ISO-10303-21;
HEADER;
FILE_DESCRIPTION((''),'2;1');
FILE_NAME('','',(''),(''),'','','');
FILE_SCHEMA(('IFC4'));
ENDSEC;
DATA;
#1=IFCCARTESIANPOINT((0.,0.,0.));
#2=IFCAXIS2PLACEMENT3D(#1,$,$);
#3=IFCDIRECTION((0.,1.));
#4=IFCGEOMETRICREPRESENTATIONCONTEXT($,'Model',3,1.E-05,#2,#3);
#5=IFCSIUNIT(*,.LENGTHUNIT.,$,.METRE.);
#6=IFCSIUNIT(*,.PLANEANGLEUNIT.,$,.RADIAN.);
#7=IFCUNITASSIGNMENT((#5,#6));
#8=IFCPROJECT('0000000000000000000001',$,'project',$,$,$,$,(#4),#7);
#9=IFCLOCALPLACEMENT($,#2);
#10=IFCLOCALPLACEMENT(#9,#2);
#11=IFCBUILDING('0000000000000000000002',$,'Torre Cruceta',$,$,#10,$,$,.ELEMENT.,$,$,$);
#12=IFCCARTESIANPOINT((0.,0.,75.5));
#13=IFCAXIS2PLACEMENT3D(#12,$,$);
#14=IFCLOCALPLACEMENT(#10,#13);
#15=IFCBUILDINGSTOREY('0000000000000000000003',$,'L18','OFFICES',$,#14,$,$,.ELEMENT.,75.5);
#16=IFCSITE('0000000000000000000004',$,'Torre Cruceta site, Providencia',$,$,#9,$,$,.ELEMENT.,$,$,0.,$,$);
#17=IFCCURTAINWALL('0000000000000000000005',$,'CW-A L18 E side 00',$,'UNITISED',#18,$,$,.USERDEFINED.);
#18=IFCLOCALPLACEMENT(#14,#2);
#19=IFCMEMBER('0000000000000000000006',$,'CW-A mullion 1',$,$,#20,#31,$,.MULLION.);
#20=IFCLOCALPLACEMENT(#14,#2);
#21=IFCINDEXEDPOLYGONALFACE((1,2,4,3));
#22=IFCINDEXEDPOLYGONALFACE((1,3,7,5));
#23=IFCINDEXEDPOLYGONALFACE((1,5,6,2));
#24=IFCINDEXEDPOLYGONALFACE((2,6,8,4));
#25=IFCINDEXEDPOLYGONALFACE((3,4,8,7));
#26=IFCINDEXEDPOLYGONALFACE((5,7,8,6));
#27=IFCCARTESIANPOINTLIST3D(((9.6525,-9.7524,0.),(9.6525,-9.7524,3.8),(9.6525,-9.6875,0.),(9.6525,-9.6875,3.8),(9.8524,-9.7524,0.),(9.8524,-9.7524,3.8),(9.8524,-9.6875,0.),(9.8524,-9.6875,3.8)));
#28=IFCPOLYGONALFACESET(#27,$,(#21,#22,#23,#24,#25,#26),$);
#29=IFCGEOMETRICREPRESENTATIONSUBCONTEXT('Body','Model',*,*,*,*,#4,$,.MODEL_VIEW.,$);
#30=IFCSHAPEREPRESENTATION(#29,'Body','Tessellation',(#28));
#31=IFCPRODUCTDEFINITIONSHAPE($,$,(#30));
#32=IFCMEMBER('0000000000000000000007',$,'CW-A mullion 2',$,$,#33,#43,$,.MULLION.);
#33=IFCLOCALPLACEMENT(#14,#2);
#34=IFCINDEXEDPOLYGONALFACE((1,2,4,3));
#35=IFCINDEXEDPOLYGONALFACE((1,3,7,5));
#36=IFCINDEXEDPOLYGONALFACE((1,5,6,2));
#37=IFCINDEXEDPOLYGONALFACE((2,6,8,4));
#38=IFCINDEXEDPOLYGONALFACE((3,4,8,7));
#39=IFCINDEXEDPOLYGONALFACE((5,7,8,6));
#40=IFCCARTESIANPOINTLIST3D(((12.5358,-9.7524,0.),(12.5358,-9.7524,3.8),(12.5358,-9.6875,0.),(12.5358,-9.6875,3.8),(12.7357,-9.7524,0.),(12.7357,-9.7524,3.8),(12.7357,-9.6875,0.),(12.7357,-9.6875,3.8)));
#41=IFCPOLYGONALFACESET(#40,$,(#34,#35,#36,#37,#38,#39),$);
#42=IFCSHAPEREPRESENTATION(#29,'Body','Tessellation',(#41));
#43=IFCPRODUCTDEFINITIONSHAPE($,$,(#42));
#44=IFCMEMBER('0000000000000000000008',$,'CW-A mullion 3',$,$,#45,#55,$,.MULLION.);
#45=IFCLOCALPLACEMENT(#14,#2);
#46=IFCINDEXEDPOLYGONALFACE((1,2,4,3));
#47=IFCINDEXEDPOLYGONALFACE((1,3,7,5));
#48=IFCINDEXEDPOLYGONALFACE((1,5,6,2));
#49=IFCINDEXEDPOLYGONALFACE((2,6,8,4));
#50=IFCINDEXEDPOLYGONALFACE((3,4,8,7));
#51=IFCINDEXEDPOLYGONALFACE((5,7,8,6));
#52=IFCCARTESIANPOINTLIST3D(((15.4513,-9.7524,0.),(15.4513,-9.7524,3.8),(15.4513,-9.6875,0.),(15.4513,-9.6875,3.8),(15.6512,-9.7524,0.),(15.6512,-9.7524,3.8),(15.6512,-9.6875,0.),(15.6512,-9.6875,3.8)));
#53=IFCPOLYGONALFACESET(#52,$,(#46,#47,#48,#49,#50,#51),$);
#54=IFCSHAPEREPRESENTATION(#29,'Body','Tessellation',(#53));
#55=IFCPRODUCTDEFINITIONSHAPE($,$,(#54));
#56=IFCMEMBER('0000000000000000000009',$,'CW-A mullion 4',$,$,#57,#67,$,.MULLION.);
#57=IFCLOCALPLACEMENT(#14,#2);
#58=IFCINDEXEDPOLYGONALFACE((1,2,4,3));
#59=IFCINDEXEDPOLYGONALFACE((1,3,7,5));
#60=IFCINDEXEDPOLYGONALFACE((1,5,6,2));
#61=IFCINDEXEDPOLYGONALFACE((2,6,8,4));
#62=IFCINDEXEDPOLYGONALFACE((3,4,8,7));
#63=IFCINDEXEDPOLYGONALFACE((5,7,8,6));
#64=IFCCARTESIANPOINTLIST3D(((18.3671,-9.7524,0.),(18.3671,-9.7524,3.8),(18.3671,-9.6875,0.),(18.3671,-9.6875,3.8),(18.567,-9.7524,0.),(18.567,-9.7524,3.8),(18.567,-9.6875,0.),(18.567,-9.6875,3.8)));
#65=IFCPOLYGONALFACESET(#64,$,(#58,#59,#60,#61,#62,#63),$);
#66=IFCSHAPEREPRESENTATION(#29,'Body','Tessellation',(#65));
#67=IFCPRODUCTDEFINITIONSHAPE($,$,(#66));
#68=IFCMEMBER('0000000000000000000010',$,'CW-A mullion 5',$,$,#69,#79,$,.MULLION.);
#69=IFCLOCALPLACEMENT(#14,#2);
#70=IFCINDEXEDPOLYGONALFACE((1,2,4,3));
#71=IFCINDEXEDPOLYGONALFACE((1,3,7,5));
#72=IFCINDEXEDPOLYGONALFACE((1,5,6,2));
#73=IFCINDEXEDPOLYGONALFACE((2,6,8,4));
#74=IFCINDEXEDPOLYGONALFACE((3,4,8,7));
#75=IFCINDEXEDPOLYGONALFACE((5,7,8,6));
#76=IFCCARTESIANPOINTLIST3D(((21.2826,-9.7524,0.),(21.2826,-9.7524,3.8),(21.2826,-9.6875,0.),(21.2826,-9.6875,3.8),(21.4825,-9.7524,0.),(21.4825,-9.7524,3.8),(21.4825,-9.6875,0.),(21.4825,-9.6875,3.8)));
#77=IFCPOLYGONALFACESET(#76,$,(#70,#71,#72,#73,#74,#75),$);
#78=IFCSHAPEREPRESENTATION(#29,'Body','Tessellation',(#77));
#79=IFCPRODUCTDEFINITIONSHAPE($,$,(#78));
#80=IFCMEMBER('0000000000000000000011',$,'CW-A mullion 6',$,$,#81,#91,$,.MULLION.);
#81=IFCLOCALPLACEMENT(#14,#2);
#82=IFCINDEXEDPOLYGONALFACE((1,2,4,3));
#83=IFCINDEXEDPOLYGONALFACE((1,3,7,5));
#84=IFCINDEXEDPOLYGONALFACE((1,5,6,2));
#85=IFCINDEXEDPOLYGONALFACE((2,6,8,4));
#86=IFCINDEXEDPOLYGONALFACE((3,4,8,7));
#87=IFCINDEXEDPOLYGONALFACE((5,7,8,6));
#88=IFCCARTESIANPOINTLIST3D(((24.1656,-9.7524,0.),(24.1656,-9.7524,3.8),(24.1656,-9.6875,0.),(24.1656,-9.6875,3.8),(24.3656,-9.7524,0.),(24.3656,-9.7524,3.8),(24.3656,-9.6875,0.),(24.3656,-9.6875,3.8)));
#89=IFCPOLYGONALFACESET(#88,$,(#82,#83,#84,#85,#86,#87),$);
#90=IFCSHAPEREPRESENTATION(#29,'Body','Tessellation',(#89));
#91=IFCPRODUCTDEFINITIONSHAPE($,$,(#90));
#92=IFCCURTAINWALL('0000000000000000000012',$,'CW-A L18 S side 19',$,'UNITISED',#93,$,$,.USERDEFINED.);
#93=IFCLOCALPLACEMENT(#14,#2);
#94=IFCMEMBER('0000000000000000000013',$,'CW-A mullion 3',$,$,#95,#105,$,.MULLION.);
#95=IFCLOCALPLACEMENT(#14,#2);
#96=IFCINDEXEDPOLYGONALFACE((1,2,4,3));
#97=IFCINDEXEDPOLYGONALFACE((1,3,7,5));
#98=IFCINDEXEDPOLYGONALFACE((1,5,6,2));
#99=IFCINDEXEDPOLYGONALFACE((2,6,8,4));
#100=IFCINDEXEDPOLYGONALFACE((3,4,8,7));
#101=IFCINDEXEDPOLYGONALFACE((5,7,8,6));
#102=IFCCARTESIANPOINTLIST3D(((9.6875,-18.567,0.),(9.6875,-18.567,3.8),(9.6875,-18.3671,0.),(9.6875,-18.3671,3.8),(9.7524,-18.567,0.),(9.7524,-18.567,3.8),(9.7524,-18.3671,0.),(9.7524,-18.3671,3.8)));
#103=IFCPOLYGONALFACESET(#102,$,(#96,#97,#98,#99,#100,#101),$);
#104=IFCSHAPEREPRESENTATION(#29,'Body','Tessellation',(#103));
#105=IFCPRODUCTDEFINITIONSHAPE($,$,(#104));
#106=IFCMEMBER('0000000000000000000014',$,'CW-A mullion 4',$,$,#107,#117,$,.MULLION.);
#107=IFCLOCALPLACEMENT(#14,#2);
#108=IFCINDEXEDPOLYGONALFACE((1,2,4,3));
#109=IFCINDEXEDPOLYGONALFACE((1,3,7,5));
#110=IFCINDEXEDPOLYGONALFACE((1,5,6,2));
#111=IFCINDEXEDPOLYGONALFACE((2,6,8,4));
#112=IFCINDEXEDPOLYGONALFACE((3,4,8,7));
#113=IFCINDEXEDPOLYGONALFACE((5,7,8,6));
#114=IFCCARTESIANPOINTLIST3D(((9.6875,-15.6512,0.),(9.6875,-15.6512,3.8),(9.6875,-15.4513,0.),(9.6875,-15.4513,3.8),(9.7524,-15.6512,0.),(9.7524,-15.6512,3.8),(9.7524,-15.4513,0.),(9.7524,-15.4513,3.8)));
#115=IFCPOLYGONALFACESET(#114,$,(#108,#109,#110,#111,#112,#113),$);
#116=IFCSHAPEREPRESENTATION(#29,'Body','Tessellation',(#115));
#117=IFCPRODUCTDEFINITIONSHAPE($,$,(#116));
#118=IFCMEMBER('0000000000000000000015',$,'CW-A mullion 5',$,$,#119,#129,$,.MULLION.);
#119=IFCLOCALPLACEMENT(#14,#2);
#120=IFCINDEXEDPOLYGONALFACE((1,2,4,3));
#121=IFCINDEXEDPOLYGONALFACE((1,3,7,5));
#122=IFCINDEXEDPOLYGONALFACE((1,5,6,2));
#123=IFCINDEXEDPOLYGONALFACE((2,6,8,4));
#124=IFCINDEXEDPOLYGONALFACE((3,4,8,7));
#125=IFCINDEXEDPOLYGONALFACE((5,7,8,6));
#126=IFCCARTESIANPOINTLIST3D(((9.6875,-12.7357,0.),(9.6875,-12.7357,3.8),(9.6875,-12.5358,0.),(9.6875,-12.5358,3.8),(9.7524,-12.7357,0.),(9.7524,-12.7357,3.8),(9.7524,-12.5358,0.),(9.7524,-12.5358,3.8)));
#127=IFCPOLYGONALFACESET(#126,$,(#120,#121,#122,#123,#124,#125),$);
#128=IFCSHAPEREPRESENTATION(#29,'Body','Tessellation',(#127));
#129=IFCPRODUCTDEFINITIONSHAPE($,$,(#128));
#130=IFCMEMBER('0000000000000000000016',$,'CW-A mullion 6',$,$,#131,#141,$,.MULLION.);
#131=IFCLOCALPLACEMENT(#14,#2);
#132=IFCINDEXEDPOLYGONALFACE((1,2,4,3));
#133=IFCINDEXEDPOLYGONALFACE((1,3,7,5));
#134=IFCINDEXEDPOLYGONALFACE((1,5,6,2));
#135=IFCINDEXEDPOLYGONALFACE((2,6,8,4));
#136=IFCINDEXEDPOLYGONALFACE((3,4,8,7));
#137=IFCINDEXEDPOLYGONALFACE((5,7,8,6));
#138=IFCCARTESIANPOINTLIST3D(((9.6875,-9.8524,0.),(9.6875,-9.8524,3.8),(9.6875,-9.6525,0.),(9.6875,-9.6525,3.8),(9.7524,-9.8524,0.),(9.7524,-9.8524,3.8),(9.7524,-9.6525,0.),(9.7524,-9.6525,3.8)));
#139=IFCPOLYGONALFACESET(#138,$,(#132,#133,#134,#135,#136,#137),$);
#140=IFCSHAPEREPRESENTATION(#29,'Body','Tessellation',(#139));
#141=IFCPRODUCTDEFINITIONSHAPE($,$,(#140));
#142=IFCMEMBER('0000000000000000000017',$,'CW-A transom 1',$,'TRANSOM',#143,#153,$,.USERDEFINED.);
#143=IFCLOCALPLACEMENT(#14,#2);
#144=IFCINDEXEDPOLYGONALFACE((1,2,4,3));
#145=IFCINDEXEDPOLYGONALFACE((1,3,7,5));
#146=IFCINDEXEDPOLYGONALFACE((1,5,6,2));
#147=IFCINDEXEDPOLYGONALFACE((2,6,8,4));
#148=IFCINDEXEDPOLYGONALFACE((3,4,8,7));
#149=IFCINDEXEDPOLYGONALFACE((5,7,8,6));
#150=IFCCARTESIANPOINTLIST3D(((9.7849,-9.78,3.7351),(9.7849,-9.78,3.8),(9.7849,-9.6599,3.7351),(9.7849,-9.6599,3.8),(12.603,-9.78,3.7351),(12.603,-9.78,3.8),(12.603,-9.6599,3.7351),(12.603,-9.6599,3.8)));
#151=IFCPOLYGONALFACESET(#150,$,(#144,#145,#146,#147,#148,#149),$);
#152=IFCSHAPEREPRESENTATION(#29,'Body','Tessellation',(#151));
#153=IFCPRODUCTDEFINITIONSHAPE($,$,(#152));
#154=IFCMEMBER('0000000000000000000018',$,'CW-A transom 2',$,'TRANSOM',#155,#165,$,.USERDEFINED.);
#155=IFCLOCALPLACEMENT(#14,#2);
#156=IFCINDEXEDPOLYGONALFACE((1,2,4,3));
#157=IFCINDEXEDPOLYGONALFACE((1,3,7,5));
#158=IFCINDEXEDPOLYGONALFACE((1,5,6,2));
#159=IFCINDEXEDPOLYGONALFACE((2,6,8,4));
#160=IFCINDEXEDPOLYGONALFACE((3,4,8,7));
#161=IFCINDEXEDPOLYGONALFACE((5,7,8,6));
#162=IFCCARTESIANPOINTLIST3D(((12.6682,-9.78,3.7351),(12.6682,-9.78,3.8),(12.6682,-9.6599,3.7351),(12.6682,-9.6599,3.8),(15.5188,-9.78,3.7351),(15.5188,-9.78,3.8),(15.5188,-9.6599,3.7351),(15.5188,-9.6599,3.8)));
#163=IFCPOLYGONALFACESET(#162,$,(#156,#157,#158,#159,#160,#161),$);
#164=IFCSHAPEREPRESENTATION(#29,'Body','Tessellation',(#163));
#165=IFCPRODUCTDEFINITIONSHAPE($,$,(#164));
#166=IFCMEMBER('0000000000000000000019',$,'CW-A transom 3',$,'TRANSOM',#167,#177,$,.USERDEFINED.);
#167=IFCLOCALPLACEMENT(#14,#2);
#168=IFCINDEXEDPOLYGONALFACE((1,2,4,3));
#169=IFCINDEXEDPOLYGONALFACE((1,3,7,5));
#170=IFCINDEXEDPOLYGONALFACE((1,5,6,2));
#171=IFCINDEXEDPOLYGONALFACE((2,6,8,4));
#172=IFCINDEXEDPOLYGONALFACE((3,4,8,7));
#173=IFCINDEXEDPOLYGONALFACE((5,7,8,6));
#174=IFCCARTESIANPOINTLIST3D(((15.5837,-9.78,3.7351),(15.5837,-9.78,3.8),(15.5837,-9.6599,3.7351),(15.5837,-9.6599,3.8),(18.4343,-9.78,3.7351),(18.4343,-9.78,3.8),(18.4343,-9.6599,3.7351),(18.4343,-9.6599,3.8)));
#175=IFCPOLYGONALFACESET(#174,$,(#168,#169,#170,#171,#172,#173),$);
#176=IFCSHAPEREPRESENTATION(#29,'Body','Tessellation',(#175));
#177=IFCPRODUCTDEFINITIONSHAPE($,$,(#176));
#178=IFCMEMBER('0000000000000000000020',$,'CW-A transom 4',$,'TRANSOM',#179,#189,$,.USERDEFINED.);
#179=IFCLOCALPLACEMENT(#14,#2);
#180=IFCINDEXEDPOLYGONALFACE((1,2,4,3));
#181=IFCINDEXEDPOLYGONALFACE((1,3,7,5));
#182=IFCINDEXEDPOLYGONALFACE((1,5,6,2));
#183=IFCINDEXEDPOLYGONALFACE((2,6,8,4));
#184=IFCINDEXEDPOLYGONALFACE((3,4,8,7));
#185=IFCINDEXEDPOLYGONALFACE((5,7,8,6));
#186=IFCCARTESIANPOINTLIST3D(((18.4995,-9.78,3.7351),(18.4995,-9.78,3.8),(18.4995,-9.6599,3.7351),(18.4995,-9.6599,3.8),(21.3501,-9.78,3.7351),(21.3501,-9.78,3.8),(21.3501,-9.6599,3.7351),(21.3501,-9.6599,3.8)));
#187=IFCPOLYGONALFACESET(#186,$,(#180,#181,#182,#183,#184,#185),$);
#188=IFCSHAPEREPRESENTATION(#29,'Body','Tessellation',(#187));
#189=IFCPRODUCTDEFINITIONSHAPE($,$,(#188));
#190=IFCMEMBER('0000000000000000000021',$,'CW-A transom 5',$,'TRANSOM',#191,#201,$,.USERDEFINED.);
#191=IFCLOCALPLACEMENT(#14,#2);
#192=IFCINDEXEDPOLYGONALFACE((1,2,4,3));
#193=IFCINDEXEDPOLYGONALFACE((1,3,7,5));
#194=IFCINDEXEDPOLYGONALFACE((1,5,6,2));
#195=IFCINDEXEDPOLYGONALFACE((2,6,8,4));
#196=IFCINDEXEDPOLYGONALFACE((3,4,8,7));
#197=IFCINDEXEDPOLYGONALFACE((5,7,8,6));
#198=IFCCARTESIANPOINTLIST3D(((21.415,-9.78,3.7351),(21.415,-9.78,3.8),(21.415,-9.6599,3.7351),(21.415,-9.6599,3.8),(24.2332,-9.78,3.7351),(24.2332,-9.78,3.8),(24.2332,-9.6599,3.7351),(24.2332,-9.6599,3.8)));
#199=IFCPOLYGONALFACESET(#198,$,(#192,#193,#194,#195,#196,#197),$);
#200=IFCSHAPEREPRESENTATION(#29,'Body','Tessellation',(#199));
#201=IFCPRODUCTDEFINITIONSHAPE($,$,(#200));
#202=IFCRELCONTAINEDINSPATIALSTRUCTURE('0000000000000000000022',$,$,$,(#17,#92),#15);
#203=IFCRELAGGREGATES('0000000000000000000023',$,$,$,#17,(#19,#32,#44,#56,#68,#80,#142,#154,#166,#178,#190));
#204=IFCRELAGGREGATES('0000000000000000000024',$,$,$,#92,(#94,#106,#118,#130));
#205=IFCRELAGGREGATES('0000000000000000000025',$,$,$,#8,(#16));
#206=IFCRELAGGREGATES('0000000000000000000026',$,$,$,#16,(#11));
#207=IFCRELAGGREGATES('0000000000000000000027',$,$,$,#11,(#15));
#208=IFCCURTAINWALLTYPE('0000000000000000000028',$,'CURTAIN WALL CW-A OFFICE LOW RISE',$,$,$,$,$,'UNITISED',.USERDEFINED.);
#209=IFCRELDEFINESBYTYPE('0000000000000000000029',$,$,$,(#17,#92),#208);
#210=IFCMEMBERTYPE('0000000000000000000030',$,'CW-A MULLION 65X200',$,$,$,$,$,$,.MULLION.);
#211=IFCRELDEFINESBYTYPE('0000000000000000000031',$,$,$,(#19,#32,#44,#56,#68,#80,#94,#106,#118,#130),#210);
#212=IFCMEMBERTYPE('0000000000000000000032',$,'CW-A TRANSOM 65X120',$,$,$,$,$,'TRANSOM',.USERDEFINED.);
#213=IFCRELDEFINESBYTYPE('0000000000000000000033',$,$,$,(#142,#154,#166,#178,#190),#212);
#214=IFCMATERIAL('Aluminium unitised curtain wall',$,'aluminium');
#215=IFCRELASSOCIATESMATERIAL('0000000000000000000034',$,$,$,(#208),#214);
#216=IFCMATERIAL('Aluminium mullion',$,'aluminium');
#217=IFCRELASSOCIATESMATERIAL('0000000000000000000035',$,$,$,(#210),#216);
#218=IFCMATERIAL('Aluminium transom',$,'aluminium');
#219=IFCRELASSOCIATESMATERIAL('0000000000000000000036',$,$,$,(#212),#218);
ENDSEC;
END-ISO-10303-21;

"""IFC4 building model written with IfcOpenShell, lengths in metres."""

from ifc_helpers import new_model, si_unit, direction, frame, origin, origin_2d, place, context, subcontext, project, spatial, rectangle, extrude, material, material_profile, profile_set, type_object, element, aggregate, save


model = new_model("IFC4")

# Units and contexts
model_context = context("Model", 3, precision=1e-05, world=origin(), true_north=direction((0.0, 1.0)))
body_context = subcontext(model_context, "Body", "Model", "MODEL_VIEW")
ifc_project = project(units=[si_unit("LENGTHUNIT", "METRE"), si_unit("PLANEANGLEUNIT", "RADIAN")], contexts=[model_context])

# Site, building, storey
site_placement = place(None, origin())
site = spatial("IfcSite", under=ifc_project, at=site_placement, Name="Torre Cruceta site, Providencia", CompositionType="ELEMENT", RefElevation=0.0)
building_placement = place(site_placement, origin())
building = spatial("IfcBuilding", under=site, at=building_placement, Name="Torre Cruceta", CompositionType="ELEMENT")
storey_placement = place(building_placement, frame((0.0, 0.0, 75.5)))
storey = spatial("IfcBuildingStorey", under=building, at=storey_placement, Name="L18", Description="OFFICES", CompositionType="ELEMENT", Elevation=75.5)

# Curtain walls, members
ifc_material_1 = material(Name="Aluminium unitised curtain wall", Category="aluminium")
curtain_wall_type = type_object("IfcCurtainWallType", Name="CURTAIN WALL CW-A OFFICE LOW RISE", ElementType="UNITISED", PredefinedType="USERDEFINED", material=ifc_material_1)
curtain_wall_1_placement = place(storey_placement, origin())
curtain_wall_1 = element("IfcCurtainWall", 1, at=curtain_wall_1_placement, inside=storey, type_object=curtain_wall_type, Name="CW-A L18 E side 00", ObjectType="UNITISED", PredefinedType="USERDEFINED")
ifc_material_2 = material(Name="Aluminium mullion", Category="aluminium")
ifc_material_profile_1 = material_profile(ifc_material_2, rectangle(XDim=0.0649, YDim=0.2, at=origin_2d()), Name="AL 65X200")
ifc_profile_set_1 = profile_set([ifc_material_profile_1], Name="Aluminium mullion")
member_type_1 = type_object("IfcMemberType", Name="CW-A MULLION 65X200", PredefinedType="MULLION", material=ifc_profile_set_1)
member_1_placement = place(storey_placement, frame((9.7524, -9.72, 0.0), z_axis=(0.0, 0.0, 1.0), x_axis=(0.0, 1.0, 0.0)))
member_1 = element("IfcMember", 2, at=member_1_placement, type_object=member_type_1, Name="CW-A mullion 1", PredefinedType="MULLION", context=body_context, shape_type="SweptSolid", body=[
    extrude(rectangle(XDim=0.0649, YDim=0.2, at=origin_2d()), origin(), (0.0, 0.0, 1.0), 3.8),
])
member_2_placement = place(storey_placement, frame((12.6357, -9.72, 0.0), z_axis=(0.0, 0.0, 1.0), x_axis=(0.0, 1.0, 0.0)))
member_2 = element("IfcMember", 3, at=member_2_placement, type_object=member_type_1, Name="CW-A mullion 2", PredefinedType="MULLION", context=body_context, shape_type="SweptSolid", body=[
    extrude(rectangle(XDim=0.0649, YDim=0.2, at=origin_2d()), origin(), (0.0, 0.0, 1.0), 3.8),
])
member_3_placement = place(storey_placement, frame((15.5513, -9.72, 0.0), z_axis=(0.0, 0.0, 1.0), x_axis=(0.0, 1.0, 0.0)))
member_3 = element("IfcMember", 4, at=member_3_placement, type_object=member_type_1, Name="CW-A mullion 3", PredefinedType="MULLION", context=body_context, shape_type="SweptSolid", body=[
    extrude(rectangle(XDim=0.0649, YDim=0.2, at=origin_2d()), origin(), (0.0, 0.0, 1.0), 3.8),
])
member_4_placement = place(storey_placement, frame((18.467, -9.72, 0.0), z_axis=(0.0, 0.0, 1.0), x_axis=(0.0, 1.0, 0.0)))
member_4 = element("IfcMember", 5, at=member_4_placement, type_object=member_type_1, Name="CW-A mullion 4", PredefinedType="MULLION", context=body_context, shape_type="SweptSolid", body=[
    extrude(rectangle(XDim=0.0649, YDim=0.2, at=origin_2d()), origin(), (0.0, 0.0, 1.0), 3.8),
])
member_5_placement = place(storey_placement, frame((21.3826, -9.72, 0.0), z_axis=(0.0, 0.0, 1.0), x_axis=(0.0, 1.0, 0.0)))
member_5 = element("IfcMember", 6, at=member_5_placement, type_object=member_type_1, Name="CW-A mullion 5", PredefinedType="MULLION", context=body_context, shape_type="SweptSolid", body=[
    extrude(rectangle(XDim=0.0649, YDim=0.2, at=origin_2d()), origin(), (0.0, 0.0, 1.0), 3.8),
])
member_6_placement = place(storey_placement, frame((24.2656, -9.72, 0.0), z_axis=(0.0, 0.0, 1.0), x_axis=(0.0, 1.0, 0.0)))
member_6 = element("IfcMember", 7, at=member_6_placement, type_object=member_type_1, Name="CW-A mullion 6", PredefinedType="MULLION", context=body_context, shape_type="SweptSolid", body=[
    extrude(rectangle(XDim=0.0649, YDim=0.2, at=origin_2d()), origin(), (0.0, 0.0, 1.0), 3.8),
])
curtain_wall_2_placement = place(storey_placement, origin())
curtain_wall_2 = element("IfcCurtainWall", 8, at=curtain_wall_2_placement, inside=storey, type_object=curtain_wall_type, Name="CW-A L18 S side 19", ObjectType="UNITISED", PredefinedType="USERDEFINED")
member_7_placement = place(storey_placement, frame((9.72, -18.467, 0.0), z_axis=(0.0, 0.0, 1.0), x_axis=(-1.0, 0.0, 0.0)))
member_7 = element("IfcMember", 9, at=member_7_placement, type_object=member_type_1, Name="CW-A mullion 3", PredefinedType="MULLION", context=body_context, shape_type="SweptSolid", body=[
    extrude(rectangle(XDim=0.0649, YDim=0.2, at=origin_2d()), origin(), (0.0, 0.0, 1.0), 3.8),
])
member_8_placement = place(storey_placement, frame((9.72, -15.5513, 0.0), z_axis=(0.0, 0.0, 1.0), x_axis=(-1.0, 0.0, 0.0)))
member_8 = element("IfcMember", 10, at=member_8_placement, type_object=member_type_1, Name="CW-A mullion 4", PredefinedType="MULLION", context=body_context, shape_type="SweptSolid", body=[
    extrude(rectangle(XDim=0.0649, YDim=0.2, at=origin_2d()), origin(), (0.0, 0.0, 1.0), 3.8),
])
member_9_placement = place(storey_placement, frame((9.72, -12.6357, 0.0), z_axis=(0.0, 0.0, 1.0), x_axis=(-1.0, 0.0, 0.0)))
member_9 = element("IfcMember", 11, at=member_9_placement, type_object=member_type_1, Name="CW-A mullion 5", PredefinedType="MULLION", context=body_context, shape_type="SweptSolid", body=[
    extrude(rectangle(XDim=0.0649, YDim=0.2, at=origin_2d()), origin(), (0.0, 0.0, 1.0), 3.8),
])
member_10_placement = place(storey_placement, frame((9.72, -9.7524, 0.0), z_axis=(0.0, 0.0, 1.0), x_axis=(-1.0, 0.0, 0.0)))
member_10 = element("IfcMember", 12, at=member_10_placement, type_object=member_type_1, Name="CW-A mullion 6", PredefinedType="MULLION", context=body_context, shape_type="SweptSolid", body=[
    extrude(rectangle(XDim=0.0649, YDim=0.2, at=origin_2d()), origin(), (0.0, 0.0, 1.0), 3.8),
])

# Members
ifc_material_3 = material(Name="Aluminium transom", Category="aluminium")
ifc_material_profile_2 = material_profile(ifc_material_3, rectangle(XDim=0.1201, YDim=0.0649, at=origin_2d()), Name="AL 120X65")
ifc_profile_set_2 = profile_set([ifc_material_profile_2], Name="Aluminium transom")
member_type_2 = type_object("IfcMemberType", Name="CW-A TRANSOM 65X120", ElementType="TRANSOM", PredefinedType="USERDEFINED", material=ifc_profile_set_2)
member_11_placement = place(storey_placement, frame((9.7849, -9.72, 3.7676), z_axis=(1.0, 0.0, 0.0), x_axis=(0.0, 1.0, 0.0)))
member_11 = element("IfcMember", 13, at=member_11_placement, type_object=member_type_2, Name="CW-A transom 1", ObjectType="TRANSOM", PredefinedType="USERDEFINED", context=body_context, shape_type="SweptSolid", body=[
    extrude(rectangle(XDim=0.1201, YDim=0.0649, at=origin_2d()), origin(), (0.0, 0.0, 1.0), 2.8181),
])
member_12_placement = place(storey_placement, frame((12.6682, -9.72, 3.7676), z_axis=(1.0, 0.0, 0.0), x_axis=(0.0, 1.0, 0.0)))
member_12 = element("IfcMember", 14, at=member_12_placement, type_object=member_type_2, Name="CW-A transom 2", ObjectType="TRANSOM", PredefinedType="USERDEFINED", context=body_context, shape_type="SweptSolid", body=[
    extrude(rectangle(XDim=0.1201, YDim=0.0649, at=origin_2d()), origin(), (0.0, 0.0, 1.0), 2.8506),
])
member_13_placement = place(storey_placement, frame((15.5837, -9.72, 3.7676), z_axis=(1.0, 0.0, 0.0), x_axis=(0.0, 1.0, 0.0)))
member_13 = element("IfcMember", 15, at=member_13_placement, type_object=member_type_2, Name="CW-A transom 3", ObjectType="TRANSOM", PredefinedType="USERDEFINED", context=body_context, shape_type="SweptSolid", body=[
    extrude(rectangle(XDim=0.1201, YDim=0.0649, at=origin_2d()), origin(), (0.0, 0.0, 1.0), 2.8506),
])
member_14_placement = place(storey_placement, frame((18.4995, -9.72, 3.7676), z_axis=(1.0, 0.0, 0.0), x_axis=(0.0, 1.0, 0.0)))
member_14 = element("IfcMember", 16, at=member_14_placement, type_object=member_type_2, Name="CW-A transom 4", ObjectType="TRANSOM", PredefinedType="USERDEFINED", context=body_context, shape_type="SweptSolid", body=[
    extrude(rectangle(XDim=0.1201, YDim=0.0649, at=origin_2d()), origin(), (0.0, 0.0, 1.0), 2.8506),
])
member_15_placement = place(storey_placement, frame((21.415, -9.72, 3.7676), z_axis=(1.0, 0.0, 0.0), x_axis=(0.0, 1.0, 0.0)))
member_15 = element("IfcMember", 17, at=member_15_placement, type_object=member_type_2, Name="CW-A transom 5", ObjectType="TRANSOM", PredefinedType="USERDEFINED", context=body_context, shape_type="SweptSolid", body=[
    extrude(rectangle(XDim=0.1201, YDim=0.0649, at=origin_2d()), origin(), (0.0, 0.0, 1.0), 2.8181),
])

aggregate(curtain_wall_1, [member_1, member_2, member_3, member_4, member_5, member_6, member_11, member_12, member_13, member_14, member_15])
aggregate(curtain_wall_2, [member_7, member_8, member_9, member_10])

save(model, "model.ifc")
